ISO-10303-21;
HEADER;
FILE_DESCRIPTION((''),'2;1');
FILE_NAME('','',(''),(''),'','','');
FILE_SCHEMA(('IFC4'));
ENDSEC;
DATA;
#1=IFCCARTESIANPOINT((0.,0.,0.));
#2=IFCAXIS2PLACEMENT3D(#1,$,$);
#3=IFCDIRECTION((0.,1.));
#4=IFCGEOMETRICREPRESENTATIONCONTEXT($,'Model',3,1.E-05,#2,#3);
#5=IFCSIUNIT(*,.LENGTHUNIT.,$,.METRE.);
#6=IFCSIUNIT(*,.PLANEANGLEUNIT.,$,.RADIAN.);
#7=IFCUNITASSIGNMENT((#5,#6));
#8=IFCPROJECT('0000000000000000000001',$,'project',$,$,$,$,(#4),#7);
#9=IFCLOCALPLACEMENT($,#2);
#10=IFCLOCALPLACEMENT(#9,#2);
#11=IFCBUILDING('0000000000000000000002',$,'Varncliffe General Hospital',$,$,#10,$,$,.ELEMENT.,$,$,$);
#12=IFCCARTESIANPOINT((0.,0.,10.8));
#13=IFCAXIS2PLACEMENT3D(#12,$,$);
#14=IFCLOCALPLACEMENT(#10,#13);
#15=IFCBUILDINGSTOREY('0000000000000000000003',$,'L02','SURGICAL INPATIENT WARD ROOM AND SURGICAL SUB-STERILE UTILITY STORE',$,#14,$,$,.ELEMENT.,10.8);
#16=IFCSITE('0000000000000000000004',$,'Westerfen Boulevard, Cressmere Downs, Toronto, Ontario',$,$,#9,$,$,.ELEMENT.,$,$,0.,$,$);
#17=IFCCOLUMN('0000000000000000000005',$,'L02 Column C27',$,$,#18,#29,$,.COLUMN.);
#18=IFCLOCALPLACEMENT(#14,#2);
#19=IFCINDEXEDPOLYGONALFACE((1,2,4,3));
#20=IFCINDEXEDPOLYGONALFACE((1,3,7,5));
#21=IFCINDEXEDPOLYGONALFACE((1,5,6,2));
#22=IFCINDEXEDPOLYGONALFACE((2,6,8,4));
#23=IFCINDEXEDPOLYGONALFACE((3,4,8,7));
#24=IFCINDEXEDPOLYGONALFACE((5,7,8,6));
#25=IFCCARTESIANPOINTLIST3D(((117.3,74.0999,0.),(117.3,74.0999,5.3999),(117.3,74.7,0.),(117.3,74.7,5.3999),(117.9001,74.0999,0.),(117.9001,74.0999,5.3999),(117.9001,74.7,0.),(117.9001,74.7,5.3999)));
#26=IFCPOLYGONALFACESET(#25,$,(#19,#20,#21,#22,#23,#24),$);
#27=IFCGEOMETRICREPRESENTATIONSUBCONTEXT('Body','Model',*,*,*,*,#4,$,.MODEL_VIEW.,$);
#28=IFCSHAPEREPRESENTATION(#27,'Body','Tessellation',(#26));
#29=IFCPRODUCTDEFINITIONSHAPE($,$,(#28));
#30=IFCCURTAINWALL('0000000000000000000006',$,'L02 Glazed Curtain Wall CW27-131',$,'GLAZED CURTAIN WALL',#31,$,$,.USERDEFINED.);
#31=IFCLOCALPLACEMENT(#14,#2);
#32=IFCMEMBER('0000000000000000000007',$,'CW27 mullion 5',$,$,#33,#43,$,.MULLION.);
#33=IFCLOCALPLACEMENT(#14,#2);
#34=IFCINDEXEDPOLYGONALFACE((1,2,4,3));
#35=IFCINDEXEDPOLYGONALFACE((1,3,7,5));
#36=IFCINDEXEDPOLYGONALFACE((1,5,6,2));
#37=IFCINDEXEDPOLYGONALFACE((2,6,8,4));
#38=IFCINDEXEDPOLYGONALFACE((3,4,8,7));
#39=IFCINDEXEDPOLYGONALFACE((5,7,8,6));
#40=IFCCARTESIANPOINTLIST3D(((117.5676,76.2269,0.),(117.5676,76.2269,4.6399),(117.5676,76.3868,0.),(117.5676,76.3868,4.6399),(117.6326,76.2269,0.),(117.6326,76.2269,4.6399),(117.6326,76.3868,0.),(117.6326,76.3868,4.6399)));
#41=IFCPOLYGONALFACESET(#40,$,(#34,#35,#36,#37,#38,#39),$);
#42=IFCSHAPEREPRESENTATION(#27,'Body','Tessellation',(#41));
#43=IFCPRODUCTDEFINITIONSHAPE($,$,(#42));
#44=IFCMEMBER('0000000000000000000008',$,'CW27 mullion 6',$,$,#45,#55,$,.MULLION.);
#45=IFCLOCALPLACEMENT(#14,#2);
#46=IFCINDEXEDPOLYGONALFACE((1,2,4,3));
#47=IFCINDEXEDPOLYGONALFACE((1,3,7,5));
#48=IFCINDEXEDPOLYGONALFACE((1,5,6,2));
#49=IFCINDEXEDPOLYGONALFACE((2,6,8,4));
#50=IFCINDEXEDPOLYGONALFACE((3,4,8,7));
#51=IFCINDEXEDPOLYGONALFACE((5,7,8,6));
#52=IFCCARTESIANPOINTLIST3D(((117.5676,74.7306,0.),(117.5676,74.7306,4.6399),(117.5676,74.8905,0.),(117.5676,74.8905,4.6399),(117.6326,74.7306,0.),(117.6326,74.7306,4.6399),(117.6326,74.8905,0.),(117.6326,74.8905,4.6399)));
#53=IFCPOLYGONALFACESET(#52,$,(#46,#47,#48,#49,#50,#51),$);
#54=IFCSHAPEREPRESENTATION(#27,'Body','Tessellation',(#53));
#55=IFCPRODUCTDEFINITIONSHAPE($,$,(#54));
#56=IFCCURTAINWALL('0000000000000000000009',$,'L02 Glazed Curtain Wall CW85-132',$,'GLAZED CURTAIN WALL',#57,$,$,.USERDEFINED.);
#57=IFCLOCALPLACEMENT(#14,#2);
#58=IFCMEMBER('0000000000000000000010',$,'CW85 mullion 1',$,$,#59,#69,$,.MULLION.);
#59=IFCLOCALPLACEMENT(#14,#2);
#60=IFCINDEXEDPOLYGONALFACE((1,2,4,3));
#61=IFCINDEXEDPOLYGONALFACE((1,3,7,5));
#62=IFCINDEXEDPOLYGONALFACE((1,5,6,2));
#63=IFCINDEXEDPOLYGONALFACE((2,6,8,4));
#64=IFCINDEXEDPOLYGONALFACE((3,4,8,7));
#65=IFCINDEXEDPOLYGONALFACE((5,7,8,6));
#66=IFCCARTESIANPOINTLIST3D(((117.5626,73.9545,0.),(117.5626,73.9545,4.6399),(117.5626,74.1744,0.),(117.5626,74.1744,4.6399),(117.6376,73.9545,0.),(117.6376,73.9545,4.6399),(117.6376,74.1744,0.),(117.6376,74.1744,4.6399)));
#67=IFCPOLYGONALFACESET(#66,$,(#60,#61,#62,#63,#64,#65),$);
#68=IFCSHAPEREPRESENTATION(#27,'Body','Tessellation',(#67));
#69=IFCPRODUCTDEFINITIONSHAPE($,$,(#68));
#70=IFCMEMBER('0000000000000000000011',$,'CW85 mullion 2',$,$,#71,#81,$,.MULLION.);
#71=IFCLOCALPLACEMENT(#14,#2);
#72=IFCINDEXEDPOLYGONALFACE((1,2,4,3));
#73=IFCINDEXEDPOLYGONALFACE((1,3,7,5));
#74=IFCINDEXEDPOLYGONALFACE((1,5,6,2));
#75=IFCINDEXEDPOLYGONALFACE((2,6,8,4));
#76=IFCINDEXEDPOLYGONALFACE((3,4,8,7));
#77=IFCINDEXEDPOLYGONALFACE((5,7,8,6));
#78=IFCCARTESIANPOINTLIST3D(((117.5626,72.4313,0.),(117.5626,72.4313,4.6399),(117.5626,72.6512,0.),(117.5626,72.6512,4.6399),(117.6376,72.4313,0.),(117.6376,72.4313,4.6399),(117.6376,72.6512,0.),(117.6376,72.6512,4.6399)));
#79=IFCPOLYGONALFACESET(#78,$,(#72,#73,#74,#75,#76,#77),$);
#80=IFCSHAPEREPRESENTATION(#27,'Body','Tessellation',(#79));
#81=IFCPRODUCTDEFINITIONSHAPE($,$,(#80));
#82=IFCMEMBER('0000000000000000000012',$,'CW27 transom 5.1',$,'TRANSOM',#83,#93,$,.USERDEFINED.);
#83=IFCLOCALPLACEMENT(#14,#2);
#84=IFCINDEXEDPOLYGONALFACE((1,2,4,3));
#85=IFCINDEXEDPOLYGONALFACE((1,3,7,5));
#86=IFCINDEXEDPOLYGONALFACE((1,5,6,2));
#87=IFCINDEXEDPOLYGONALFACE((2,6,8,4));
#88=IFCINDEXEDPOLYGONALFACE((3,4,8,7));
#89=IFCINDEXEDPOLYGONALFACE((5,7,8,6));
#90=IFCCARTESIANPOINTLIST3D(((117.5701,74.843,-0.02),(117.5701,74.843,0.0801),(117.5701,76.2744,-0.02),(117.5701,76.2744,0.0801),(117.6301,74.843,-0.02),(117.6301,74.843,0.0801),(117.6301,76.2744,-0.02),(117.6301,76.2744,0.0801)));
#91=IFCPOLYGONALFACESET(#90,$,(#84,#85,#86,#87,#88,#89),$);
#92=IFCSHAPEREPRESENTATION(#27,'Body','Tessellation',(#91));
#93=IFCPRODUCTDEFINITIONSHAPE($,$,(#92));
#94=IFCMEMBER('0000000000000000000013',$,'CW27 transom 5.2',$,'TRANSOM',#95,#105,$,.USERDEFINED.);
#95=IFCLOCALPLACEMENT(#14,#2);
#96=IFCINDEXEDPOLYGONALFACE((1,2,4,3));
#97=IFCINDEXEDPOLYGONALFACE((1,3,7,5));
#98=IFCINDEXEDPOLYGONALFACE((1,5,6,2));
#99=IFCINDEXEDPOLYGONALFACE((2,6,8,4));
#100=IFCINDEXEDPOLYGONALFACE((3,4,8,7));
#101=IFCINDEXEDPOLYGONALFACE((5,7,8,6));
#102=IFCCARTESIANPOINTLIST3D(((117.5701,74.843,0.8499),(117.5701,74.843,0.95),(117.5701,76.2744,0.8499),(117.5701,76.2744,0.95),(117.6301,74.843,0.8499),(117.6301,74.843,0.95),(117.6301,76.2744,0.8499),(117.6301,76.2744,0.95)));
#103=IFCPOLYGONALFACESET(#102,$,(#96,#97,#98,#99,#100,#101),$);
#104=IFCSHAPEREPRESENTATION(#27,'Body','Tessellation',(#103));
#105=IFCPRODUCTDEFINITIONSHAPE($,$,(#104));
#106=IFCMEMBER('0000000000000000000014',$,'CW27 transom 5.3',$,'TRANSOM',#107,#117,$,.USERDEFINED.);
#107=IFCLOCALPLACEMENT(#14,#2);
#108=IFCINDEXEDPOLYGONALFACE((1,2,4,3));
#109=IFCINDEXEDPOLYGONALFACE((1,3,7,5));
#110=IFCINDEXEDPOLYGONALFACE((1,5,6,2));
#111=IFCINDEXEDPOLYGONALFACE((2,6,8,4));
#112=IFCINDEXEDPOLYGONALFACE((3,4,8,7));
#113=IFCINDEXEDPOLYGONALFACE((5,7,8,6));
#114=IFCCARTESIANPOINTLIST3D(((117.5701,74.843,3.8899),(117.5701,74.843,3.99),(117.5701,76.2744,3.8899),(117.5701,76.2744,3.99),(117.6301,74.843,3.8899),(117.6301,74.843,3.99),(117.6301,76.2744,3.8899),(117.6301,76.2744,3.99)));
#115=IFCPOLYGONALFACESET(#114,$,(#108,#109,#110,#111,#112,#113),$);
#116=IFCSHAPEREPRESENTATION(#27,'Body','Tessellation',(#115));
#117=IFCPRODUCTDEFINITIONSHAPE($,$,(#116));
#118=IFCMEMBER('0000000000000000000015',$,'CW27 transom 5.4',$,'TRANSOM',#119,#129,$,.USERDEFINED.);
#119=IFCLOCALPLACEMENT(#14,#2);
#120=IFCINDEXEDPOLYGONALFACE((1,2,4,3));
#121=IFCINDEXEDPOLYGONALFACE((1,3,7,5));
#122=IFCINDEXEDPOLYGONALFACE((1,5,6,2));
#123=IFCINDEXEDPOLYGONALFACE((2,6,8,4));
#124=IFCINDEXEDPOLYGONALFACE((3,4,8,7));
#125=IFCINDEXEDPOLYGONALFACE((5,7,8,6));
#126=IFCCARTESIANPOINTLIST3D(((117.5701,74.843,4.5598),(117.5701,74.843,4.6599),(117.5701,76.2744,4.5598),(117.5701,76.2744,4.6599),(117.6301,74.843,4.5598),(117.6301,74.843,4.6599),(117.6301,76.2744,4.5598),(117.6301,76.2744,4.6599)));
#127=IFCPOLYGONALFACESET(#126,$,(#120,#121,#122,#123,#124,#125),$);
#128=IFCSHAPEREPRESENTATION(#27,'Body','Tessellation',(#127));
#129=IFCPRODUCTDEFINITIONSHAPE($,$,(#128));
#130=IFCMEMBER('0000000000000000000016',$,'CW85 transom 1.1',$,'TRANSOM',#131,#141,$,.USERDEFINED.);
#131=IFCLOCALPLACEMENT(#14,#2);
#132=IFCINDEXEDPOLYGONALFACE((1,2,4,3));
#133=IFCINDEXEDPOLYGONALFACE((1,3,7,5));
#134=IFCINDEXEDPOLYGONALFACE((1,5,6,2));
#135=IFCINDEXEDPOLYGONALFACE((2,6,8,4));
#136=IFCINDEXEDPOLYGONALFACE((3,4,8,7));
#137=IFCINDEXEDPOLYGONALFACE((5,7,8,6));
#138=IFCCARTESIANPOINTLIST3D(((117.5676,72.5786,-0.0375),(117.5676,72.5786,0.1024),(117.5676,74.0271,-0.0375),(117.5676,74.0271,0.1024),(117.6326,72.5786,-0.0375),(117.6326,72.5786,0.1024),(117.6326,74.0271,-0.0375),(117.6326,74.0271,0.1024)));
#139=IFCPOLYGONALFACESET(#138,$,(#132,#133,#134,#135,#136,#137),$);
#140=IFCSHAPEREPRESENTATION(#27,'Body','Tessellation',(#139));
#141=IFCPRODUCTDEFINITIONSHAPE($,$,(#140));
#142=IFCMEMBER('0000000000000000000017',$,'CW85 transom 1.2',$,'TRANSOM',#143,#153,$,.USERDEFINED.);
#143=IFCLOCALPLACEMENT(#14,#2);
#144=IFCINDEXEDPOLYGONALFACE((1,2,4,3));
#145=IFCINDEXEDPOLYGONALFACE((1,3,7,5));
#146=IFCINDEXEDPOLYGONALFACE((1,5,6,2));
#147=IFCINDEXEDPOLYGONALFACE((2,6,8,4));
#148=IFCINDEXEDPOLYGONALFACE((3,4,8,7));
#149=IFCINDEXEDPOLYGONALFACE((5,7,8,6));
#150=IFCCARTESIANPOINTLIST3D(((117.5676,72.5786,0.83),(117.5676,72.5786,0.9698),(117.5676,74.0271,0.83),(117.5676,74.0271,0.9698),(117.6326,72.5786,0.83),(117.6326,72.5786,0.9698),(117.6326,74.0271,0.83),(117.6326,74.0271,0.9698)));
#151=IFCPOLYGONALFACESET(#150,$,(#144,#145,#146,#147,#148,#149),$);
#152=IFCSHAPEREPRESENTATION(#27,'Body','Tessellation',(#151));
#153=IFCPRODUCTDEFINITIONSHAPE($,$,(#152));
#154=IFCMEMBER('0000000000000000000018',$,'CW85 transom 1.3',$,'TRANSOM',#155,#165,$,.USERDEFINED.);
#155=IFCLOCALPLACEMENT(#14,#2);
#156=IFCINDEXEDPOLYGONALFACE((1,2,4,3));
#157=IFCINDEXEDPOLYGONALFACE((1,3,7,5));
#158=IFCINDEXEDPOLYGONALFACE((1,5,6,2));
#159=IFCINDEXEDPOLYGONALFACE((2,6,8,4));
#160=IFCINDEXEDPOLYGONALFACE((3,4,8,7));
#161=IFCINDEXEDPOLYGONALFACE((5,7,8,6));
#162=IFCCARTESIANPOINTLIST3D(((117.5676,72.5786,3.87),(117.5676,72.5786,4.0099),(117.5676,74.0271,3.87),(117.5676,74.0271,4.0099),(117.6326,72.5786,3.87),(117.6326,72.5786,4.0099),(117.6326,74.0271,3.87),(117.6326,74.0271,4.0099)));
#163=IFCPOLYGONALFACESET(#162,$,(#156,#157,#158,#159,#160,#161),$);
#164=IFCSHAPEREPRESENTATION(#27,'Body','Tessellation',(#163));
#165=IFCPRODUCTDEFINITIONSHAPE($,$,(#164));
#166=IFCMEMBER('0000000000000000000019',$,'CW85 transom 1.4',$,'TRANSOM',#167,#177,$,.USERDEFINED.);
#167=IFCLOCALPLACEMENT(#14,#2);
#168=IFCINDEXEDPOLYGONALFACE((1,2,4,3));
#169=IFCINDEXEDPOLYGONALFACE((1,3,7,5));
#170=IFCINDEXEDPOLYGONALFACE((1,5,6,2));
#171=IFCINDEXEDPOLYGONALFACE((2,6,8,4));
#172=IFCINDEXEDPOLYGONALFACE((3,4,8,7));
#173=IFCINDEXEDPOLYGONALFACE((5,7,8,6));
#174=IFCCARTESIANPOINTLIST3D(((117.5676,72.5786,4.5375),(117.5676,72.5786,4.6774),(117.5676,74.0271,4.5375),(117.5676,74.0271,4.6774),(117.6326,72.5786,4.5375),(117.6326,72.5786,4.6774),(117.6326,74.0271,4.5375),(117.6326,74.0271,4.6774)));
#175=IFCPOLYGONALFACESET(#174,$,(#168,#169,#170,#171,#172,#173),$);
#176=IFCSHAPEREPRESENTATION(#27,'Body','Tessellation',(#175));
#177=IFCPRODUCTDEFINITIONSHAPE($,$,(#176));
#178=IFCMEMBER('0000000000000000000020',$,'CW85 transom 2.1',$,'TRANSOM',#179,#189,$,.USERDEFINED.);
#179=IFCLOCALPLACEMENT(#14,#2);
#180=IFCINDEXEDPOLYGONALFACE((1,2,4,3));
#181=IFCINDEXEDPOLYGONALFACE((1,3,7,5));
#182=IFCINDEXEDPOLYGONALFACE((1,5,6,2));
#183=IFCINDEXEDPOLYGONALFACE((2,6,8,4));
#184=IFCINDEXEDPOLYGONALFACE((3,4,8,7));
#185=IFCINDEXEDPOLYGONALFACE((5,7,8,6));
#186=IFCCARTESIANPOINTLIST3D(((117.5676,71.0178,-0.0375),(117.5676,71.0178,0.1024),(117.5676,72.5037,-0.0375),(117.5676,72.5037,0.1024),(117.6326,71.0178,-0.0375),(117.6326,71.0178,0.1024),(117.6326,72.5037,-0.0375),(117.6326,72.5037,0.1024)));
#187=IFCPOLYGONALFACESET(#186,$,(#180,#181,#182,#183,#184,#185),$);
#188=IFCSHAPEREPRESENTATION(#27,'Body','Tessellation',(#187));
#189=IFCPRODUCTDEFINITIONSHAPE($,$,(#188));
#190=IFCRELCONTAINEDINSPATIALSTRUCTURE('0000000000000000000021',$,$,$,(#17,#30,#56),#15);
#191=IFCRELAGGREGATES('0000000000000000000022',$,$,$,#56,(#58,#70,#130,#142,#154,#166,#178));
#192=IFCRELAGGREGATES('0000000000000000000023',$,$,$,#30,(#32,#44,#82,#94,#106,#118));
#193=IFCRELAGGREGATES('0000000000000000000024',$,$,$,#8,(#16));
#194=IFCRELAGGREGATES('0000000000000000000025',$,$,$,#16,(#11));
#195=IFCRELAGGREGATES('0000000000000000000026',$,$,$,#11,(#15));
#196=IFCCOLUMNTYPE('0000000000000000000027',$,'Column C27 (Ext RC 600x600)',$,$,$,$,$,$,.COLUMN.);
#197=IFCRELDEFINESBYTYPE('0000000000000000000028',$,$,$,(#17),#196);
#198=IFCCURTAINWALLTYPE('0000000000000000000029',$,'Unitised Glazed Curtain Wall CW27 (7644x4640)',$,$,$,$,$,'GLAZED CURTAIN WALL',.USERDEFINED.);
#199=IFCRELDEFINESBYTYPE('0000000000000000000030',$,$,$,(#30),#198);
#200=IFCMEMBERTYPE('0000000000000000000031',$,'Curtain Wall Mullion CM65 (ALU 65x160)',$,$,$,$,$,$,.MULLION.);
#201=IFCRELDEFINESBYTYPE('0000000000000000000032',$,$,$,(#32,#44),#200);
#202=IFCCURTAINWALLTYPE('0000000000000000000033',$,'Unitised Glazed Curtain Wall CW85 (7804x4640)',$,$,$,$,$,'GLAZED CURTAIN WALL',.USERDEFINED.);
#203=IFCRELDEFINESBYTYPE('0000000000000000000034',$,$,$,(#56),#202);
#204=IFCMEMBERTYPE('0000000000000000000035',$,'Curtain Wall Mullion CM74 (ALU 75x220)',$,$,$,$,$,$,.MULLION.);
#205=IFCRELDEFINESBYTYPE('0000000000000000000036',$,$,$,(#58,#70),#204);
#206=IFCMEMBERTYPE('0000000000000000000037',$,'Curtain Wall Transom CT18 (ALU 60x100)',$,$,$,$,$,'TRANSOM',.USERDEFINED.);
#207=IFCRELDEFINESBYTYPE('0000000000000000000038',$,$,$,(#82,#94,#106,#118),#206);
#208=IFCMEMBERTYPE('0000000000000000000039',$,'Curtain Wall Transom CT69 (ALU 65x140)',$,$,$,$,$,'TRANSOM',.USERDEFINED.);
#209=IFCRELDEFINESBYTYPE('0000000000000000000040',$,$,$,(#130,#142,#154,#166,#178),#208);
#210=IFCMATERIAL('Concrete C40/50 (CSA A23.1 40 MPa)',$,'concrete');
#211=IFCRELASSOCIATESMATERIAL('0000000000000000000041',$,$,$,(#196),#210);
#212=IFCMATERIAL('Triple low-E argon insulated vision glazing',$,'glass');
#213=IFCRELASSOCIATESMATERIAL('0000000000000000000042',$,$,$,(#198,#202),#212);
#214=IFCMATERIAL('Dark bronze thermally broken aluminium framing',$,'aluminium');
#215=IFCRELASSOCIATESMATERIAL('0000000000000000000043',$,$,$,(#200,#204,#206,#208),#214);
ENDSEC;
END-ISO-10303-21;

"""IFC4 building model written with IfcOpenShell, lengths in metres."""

from ifc_helpers import new_model, si_unit, direction, frame, origin, origin_2d, place, context, subcontext, project, spatial, rectangle, extrude, material, material_profile, profile_set, type_object, element, aggregate, save


model = new_model("IFC4")

# Units and contexts
model_context = context("Model", 3, precision=1e-05, world=origin(), true_north=direction((0.0, 1.0)))
body_context = subcontext(model_context, "Body", "Model", "MODEL_VIEW")
ifc_project = project(units=[si_unit("LENGTHUNIT", "METRE"), si_unit("PLANEANGLEUNIT", "RADIAN")], contexts=[model_context])

# Site, building, storey
site_placement = place(None, origin())
site = spatial("IfcSite", under=ifc_project, at=site_placement, Name="Westerfen Boulevard, Cressmere Downs, Toronto, Ontario", CompositionType="ELEMENT", RefElevation=0.0)
building_placement = place(site_placement, origin())
building = spatial("IfcBuilding", under=site, at=building_placement, Name="Varncliffe General Hospital", CompositionType="ELEMENT")
storey_placement = place(building_placement, frame((0.0, 0.0, 10.8)))
storey = spatial("IfcBuildingStorey", under=building, at=storey_placement, Name="L02", Description="SURGICAL INPATIENT WARD ROOM AND SURGICAL SUB-STERILE UTILITY STORE", CompositionType="ELEMENT", Elevation=10.8)

# Column
ifc_material_1 = material(Name="Concrete C40/50 (CSA A23.1 40 MPa)", Category="concrete")
ifc_material_profile_1 = material_profile(ifc_material_1, rectangle(XDim=0.6001, YDim=0.6001, at=origin_2d()), Name="RC 600x600")
ifc_profile_set_1 = profile_set([ifc_material_profile_1], Name="Concrete C40/50 (CSA A23.1 40 MPa)")
column_type = type_object("IfcColumnType", Name="Column C27 (Ext RC 600x600)", PredefinedType="COLUMN", material=ifc_profile_set_1)
column_placement = place(storey_placement, frame((117.6001, 74.3999, 0.0), z_axis=(0.0, 0.0, 1.0), x_axis=(1.0, 0.0, 0.0)))
element("IfcColumn", 1, at=column_placement, inside=storey, type_object=column_type, Name="L02 Column C27", PredefinedType="COLUMN", context=body_context, shape_type="SweptSolid", body=[
    extrude(rectangle(XDim=0.6001, YDim=0.6001, at=origin_2d()), origin(), (0.0, 0.0, 1.0), 5.3999),
])

# Curtain walls, members
ifc_material_2 = material(Name="Triple low-E argon insulated vision glazing", Category="glass")
curtain_wall_type_1 = type_object("IfcCurtainWallType", Name="Unitised Glazed Curtain Wall CW27 (7644x4640)", ElementType="GLAZED CURTAIN WALL", PredefinedType="USERDEFINED", material=ifc_material_2)
curtain_wall_1_placement = place(storey_placement, origin())
curtain_wall_1 = element("IfcCurtainWall", 2, at=curtain_wall_1_placement, inside=storey, type_object=curtain_wall_type_1, Name="L02 Glazed Curtain Wall CW27-131", ObjectType="GLAZED CURTAIN WALL", PredefinedType="USERDEFINED")
ifc_material_3 = material(Name="Dark bronze thermally broken aluminium framing", Category="aluminium")
ifc_material_profile_2 = material_profile(ifc_material_3, rectangle(XDim=0.0649, YDim=0.1599, at=origin_2d()), Name="ALU 65x160")
ifc_profile_set_2 = profile_set([ifc_material_profile_2], Name="Dark bronze thermally broken aluminium framing")
member_type_1 = type_object("IfcMemberType", Name="Curtain Wall Mullion CM65 (ALU 65x160)", PredefinedType="MULLION", material=ifc_profile_set_2)
member_1_placement = place(storey_placement, frame((117.6001, 76.3069, 0.0), z_axis=(0.0, 0.0, 1.0), x_axis=(1.0, 0.0, 0.0)))
member_1 = element("IfcMember", 3, at=member_1_placement, type_object=member_type_1, Name="CW27 mullion 5", PredefinedType="MULLION", context=body_context, shape_type="SweptSolid", body=[
    extrude(rectangle(XDim=0.0649, YDim=0.1599, at=origin_2d()), origin(), (0.0, 0.0, 1.0), 4.6399),
])
member_2_placement = place(storey_placement, frame((117.6001, 74.8105, 0.0), z_axis=(0.0, 0.0, 1.0), x_axis=(1.0, 0.0, 0.0)))
member_2 = element("IfcMember", 4, at=member_2_placement, type_object=member_type_1, Name="CW27 mullion 6", PredefinedType="MULLION", context=body_context, shape_type="SweptSolid", body=[
    extrude(rectangle(XDim=0.0649, YDim=0.1599, at=origin_2d()), origin(), (0.0, 0.0, 1.0), 4.6399),
])
curtain_wall_type_2 = type_object("IfcCurtainWallType", Name="Unitised Glazed Curtain Wall CW85 (7804x4640)", ElementType="GLAZED CURTAIN WALL", PredefinedType="USERDEFINED", material=ifc_material_2)
curtain_wall_2_placement = place(storey_placement, origin())
curtain_wall_2 = element("IfcCurtainWall", 5, at=curtain_wall_2_placement, inside=storey, type_object=curtain_wall_type_2, Name="L02 Glazed Curtain Wall CW85-132", ObjectType="GLAZED CURTAIN WALL", PredefinedType="USERDEFINED")
ifc_material_profile_3 = material_profile(ifc_material_3, rectangle(XDim=0.075, YDim=0.22, at=origin_2d()), Name="ALU 75x220")
ifc_profile_set_3 = profile_set([ifc_material_profile_3], Name="Dark bronze thermally broken aluminium framing")
member_type_2 = type_object("IfcMemberType", Name="Curtain Wall Mullion CM74 (ALU 75x220)", PredefinedType="MULLION", material=ifc_profile_set_3)
member_3_placement = place(storey_placement, frame((117.6001, 74.0645, 0.0), z_axis=(0.0, 0.0, 1.0), x_axis=(1.0, 0.0, 0.0)))
member_3 = element("IfcMember", 6, at=member_3_placement, type_object=member_type_2, Name="CW85 mullion 1", PredefinedType="MULLION", context=body_context, shape_type="SweptSolid", body=[
    extrude(rectangle(XDim=0.075, YDim=0.22, at=origin_2d()), origin(), (0.0, 0.0, 1.0), 4.6399),
])
member_4_placement = place(storey_placement, frame((117.6001, 72.5413, 0.0), z_axis=(0.0, 0.0, 1.0), x_axis=(1.0, 0.0, 0.0)))
member_4 = element("IfcMember", 7, at=member_4_placement, type_object=member_type_2, Name="CW85 mullion 2", PredefinedType="MULLION", context=body_context, shape_type="SweptSolid", body=[
    extrude(rectangle(XDim=0.075, YDim=0.22, at=origin_2d()), origin(), (0.0, 0.0, 1.0), 4.6399),
])

# Members
ifc_material_profile_4 = material_profile(ifc_material_3, rectangle(XDim=0.0601, YDim=0.1001, at=origin_2d()), Name="ALU 60x100")
ifc_profile_set_4 = profile_set([ifc_material_profile_4], Name="Dark bronze thermally broken aluminium framing")
member_type_3 = type_object("IfcMemberType", Name="Curtain Wall Transom CT18 (ALU 60x100)", ElementType="TRANSOM", PredefinedType="USERDEFINED", material=ifc_profile_set_4)
member_5_placement = place(storey_placement, frame((117.6001, 76.2744, 0.03), z_axis=(0.0, -1.0, 0.0), x_axis=(1.0, 0.0, 0.0)))
member_5 = element("IfcMember", 8, at=member_5_placement, type_object=member_type_3, Name="CW27 transom 5.1", ObjectType="TRANSOM", PredefinedType="USERDEFINED", context=body_context, shape_type="SweptSolid", body=[
    extrude(rectangle(XDim=0.0601, YDim=0.1001, at=origin_2d()), origin(), (0.0, 0.0, 1.0), 1.4314),
])
member_6_placement = place(storey_placement, frame((117.6001, 76.2744, 0.8999), z_axis=(0.0, -1.0, 0.0), x_axis=(1.0, 0.0, 0.0)))
member_6 = element("IfcMember", 9, at=member_6_placement, type_object=member_type_3, Name="CW27 transom 5.2", ObjectType="TRANSOM", PredefinedType="USERDEFINED", context=body_context, shape_type="SweptSolid", body=[
    extrude(rectangle(XDim=0.0601, YDim=0.1001, at=origin_2d()), origin(), (0.0, 0.0, 1.0), 1.4314),
])
member_7_placement = place(storey_placement, frame((117.6001, 76.2744, 3.9399), z_axis=(0.0, -1.0, 0.0), x_axis=(1.0, 0.0, 0.0)))
member_7 = element("IfcMember", 10, at=member_7_placement, type_object=member_type_3, Name="CW27 transom 5.3", ObjectType="TRANSOM", PredefinedType="USERDEFINED", context=body_context, shape_type="SweptSolid", body=[
    extrude(rectangle(XDim=0.0601, YDim=0.1001, at=origin_2d()), origin(), (0.0, 0.0, 1.0), 1.4314),
])
member_8_placement = place(storey_placement, frame((117.6001, 76.2744, 4.6099), z_axis=(0.0, -1.0, 0.0), x_axis=(1.0, 0.0, 0.0)))
member_8 = element("IfcMember", 11, at=member_8_placement, type_object=member_type_3, Name="CW27 transom 5.4", ObjectType="TRANSOM", PredefinedType="USERDEFINED", context=body_context, shape_type="SweptSolid", body=[
    extrude(rectangle(XDim=0.0601, YDim=0.1001, at=origin_2d()), origin(), (0.0, 0.0, 1.0), 1.4314),
])
ifc_material_profile_5 = material_profile(ifc_material_3, rectangle(XDim=0.0649, YDim=0.1399, at=origin_2d()), Name="ALU 65x140")
ifc_profile_set_5 = profile_set([ifc_material_profile_5], Name="Dark bronze thermally broken aluminium framing")
member_type_4 = type_object("IfcMemberType", Name="Curtain Wall Transom CT69 (ALU 65x140)", ElementType="TRANSOM", PredefinedType="USERDEFINED", material=ifc_profile_set_5)
member_9_placement = place(storey_placement, frame((117.6001, 74.0271, 0.0325), z_axis=(0.0, -1.0, 0.0), x_axis=(1.0, 0.0, 0.0)))
member_9 = element("IfcMember", 12, at=member_9_placement, type_object=member_type_4, Name="CW85 transom 1.1", ObjectType="TRANSOM", PredefinedType="USERDEFINED", context=body_context, shape_type="SweptSolid", body=[
    extrude(rectangle(XDim=0.0649, YDim=0.1399, at=origin_2d()), origin(), (0.0, 0.0, 1.0), 1.4485),
])
member_10_placement = place(storey_placement, frame((117.6001, 74.0271, 0.8999), z_axis=(0.0, -1.0, 0.0), x_axis=(1.0, 0.0, 0.0)))
member_10 = element("IfcMember", 13, at=member_10_placement, type_object=member_type_4, Name="CW85 transom 1.2", ObjectType="TRANSOM", PredefinedType="USERDEFINED", context=body_context, shape_type="SweptSolid", body=[
    extrude(rectangle(XDim=0.0649, YDim=0.1399, at=origin_2d()), origin(), (0.0, 0.0, 1.0), 1.4485),
])
member_11_placement = place(storey_placement, frame((117.6001, 74.0271, 3.9399), z_axis=(0.0, -1.0, 0.0), x_axis=(1.0, 0.0, 0.0)))
member_11 = element("IfcMember", 14, at=member_11_placement, type_object=member_type_4, Name="CW85 transom 1.3", ObjectType="TRANSOM", PredefinedType="USERDEFINED", context=body_context, shape_type="SweptSolid", body=[
    extrude(rectangle(XDim=0.0649, YDim=0.1399, at=origin_2d()), origin(), (0.0, 0.0, 1.0), 1.4485),
])
member_12_placement = place(storey_placement, frame((117.6001, 74.0271, 4.6074), z_axis=(0.0, -1.0, 0.0), x_axis=(1.0, 0.0, 0.0)))
member_12 = element("IfcMember", 15, at=member_12_placement, type_object=member_type_4, Name="CW85 transom 1.4", ObjectType="TRANSOM", PredefinedType="USERDEFINED", context=body_context, shape_type="SweptSolid", body=[
    extrude(rectangle(XDim=0.0649, YDim=0.1399, at=origin_2d()), origin(), (0.0, 0.0, 1.0), 1.4485),
])
member_13_placement = place(storey_placement, frame((117.6001, 72.5037, 0.0325), z_axis=(0.0, -1.0, 0.0), x_axis=(1.0, 0.0, 0.0)))
member_13 = element("IfcMember", 16, at=member_13_placement, type_object=member_type_4, Name="CW85 transom 2.1", ObjectType="TRANSOM", PredefinedType="USERDEFINED", context=body_context, shape_type="SweptSolid", body=[
    extrude(rectangle(XDim=0.0649, YDim=0.1399, at=origin_2d()), origin(), (0.0, 0.0, 1.0), 1.4858),
])

aggregate(curtain_wall_2, [member_3, member_4, member_9, member_10, member_11, member_12, member_13])
aggregate(curtain_wall_1, [member_1, member_2, member_5, member_6, member_7, member_8])

save(model, "model.ifc")
